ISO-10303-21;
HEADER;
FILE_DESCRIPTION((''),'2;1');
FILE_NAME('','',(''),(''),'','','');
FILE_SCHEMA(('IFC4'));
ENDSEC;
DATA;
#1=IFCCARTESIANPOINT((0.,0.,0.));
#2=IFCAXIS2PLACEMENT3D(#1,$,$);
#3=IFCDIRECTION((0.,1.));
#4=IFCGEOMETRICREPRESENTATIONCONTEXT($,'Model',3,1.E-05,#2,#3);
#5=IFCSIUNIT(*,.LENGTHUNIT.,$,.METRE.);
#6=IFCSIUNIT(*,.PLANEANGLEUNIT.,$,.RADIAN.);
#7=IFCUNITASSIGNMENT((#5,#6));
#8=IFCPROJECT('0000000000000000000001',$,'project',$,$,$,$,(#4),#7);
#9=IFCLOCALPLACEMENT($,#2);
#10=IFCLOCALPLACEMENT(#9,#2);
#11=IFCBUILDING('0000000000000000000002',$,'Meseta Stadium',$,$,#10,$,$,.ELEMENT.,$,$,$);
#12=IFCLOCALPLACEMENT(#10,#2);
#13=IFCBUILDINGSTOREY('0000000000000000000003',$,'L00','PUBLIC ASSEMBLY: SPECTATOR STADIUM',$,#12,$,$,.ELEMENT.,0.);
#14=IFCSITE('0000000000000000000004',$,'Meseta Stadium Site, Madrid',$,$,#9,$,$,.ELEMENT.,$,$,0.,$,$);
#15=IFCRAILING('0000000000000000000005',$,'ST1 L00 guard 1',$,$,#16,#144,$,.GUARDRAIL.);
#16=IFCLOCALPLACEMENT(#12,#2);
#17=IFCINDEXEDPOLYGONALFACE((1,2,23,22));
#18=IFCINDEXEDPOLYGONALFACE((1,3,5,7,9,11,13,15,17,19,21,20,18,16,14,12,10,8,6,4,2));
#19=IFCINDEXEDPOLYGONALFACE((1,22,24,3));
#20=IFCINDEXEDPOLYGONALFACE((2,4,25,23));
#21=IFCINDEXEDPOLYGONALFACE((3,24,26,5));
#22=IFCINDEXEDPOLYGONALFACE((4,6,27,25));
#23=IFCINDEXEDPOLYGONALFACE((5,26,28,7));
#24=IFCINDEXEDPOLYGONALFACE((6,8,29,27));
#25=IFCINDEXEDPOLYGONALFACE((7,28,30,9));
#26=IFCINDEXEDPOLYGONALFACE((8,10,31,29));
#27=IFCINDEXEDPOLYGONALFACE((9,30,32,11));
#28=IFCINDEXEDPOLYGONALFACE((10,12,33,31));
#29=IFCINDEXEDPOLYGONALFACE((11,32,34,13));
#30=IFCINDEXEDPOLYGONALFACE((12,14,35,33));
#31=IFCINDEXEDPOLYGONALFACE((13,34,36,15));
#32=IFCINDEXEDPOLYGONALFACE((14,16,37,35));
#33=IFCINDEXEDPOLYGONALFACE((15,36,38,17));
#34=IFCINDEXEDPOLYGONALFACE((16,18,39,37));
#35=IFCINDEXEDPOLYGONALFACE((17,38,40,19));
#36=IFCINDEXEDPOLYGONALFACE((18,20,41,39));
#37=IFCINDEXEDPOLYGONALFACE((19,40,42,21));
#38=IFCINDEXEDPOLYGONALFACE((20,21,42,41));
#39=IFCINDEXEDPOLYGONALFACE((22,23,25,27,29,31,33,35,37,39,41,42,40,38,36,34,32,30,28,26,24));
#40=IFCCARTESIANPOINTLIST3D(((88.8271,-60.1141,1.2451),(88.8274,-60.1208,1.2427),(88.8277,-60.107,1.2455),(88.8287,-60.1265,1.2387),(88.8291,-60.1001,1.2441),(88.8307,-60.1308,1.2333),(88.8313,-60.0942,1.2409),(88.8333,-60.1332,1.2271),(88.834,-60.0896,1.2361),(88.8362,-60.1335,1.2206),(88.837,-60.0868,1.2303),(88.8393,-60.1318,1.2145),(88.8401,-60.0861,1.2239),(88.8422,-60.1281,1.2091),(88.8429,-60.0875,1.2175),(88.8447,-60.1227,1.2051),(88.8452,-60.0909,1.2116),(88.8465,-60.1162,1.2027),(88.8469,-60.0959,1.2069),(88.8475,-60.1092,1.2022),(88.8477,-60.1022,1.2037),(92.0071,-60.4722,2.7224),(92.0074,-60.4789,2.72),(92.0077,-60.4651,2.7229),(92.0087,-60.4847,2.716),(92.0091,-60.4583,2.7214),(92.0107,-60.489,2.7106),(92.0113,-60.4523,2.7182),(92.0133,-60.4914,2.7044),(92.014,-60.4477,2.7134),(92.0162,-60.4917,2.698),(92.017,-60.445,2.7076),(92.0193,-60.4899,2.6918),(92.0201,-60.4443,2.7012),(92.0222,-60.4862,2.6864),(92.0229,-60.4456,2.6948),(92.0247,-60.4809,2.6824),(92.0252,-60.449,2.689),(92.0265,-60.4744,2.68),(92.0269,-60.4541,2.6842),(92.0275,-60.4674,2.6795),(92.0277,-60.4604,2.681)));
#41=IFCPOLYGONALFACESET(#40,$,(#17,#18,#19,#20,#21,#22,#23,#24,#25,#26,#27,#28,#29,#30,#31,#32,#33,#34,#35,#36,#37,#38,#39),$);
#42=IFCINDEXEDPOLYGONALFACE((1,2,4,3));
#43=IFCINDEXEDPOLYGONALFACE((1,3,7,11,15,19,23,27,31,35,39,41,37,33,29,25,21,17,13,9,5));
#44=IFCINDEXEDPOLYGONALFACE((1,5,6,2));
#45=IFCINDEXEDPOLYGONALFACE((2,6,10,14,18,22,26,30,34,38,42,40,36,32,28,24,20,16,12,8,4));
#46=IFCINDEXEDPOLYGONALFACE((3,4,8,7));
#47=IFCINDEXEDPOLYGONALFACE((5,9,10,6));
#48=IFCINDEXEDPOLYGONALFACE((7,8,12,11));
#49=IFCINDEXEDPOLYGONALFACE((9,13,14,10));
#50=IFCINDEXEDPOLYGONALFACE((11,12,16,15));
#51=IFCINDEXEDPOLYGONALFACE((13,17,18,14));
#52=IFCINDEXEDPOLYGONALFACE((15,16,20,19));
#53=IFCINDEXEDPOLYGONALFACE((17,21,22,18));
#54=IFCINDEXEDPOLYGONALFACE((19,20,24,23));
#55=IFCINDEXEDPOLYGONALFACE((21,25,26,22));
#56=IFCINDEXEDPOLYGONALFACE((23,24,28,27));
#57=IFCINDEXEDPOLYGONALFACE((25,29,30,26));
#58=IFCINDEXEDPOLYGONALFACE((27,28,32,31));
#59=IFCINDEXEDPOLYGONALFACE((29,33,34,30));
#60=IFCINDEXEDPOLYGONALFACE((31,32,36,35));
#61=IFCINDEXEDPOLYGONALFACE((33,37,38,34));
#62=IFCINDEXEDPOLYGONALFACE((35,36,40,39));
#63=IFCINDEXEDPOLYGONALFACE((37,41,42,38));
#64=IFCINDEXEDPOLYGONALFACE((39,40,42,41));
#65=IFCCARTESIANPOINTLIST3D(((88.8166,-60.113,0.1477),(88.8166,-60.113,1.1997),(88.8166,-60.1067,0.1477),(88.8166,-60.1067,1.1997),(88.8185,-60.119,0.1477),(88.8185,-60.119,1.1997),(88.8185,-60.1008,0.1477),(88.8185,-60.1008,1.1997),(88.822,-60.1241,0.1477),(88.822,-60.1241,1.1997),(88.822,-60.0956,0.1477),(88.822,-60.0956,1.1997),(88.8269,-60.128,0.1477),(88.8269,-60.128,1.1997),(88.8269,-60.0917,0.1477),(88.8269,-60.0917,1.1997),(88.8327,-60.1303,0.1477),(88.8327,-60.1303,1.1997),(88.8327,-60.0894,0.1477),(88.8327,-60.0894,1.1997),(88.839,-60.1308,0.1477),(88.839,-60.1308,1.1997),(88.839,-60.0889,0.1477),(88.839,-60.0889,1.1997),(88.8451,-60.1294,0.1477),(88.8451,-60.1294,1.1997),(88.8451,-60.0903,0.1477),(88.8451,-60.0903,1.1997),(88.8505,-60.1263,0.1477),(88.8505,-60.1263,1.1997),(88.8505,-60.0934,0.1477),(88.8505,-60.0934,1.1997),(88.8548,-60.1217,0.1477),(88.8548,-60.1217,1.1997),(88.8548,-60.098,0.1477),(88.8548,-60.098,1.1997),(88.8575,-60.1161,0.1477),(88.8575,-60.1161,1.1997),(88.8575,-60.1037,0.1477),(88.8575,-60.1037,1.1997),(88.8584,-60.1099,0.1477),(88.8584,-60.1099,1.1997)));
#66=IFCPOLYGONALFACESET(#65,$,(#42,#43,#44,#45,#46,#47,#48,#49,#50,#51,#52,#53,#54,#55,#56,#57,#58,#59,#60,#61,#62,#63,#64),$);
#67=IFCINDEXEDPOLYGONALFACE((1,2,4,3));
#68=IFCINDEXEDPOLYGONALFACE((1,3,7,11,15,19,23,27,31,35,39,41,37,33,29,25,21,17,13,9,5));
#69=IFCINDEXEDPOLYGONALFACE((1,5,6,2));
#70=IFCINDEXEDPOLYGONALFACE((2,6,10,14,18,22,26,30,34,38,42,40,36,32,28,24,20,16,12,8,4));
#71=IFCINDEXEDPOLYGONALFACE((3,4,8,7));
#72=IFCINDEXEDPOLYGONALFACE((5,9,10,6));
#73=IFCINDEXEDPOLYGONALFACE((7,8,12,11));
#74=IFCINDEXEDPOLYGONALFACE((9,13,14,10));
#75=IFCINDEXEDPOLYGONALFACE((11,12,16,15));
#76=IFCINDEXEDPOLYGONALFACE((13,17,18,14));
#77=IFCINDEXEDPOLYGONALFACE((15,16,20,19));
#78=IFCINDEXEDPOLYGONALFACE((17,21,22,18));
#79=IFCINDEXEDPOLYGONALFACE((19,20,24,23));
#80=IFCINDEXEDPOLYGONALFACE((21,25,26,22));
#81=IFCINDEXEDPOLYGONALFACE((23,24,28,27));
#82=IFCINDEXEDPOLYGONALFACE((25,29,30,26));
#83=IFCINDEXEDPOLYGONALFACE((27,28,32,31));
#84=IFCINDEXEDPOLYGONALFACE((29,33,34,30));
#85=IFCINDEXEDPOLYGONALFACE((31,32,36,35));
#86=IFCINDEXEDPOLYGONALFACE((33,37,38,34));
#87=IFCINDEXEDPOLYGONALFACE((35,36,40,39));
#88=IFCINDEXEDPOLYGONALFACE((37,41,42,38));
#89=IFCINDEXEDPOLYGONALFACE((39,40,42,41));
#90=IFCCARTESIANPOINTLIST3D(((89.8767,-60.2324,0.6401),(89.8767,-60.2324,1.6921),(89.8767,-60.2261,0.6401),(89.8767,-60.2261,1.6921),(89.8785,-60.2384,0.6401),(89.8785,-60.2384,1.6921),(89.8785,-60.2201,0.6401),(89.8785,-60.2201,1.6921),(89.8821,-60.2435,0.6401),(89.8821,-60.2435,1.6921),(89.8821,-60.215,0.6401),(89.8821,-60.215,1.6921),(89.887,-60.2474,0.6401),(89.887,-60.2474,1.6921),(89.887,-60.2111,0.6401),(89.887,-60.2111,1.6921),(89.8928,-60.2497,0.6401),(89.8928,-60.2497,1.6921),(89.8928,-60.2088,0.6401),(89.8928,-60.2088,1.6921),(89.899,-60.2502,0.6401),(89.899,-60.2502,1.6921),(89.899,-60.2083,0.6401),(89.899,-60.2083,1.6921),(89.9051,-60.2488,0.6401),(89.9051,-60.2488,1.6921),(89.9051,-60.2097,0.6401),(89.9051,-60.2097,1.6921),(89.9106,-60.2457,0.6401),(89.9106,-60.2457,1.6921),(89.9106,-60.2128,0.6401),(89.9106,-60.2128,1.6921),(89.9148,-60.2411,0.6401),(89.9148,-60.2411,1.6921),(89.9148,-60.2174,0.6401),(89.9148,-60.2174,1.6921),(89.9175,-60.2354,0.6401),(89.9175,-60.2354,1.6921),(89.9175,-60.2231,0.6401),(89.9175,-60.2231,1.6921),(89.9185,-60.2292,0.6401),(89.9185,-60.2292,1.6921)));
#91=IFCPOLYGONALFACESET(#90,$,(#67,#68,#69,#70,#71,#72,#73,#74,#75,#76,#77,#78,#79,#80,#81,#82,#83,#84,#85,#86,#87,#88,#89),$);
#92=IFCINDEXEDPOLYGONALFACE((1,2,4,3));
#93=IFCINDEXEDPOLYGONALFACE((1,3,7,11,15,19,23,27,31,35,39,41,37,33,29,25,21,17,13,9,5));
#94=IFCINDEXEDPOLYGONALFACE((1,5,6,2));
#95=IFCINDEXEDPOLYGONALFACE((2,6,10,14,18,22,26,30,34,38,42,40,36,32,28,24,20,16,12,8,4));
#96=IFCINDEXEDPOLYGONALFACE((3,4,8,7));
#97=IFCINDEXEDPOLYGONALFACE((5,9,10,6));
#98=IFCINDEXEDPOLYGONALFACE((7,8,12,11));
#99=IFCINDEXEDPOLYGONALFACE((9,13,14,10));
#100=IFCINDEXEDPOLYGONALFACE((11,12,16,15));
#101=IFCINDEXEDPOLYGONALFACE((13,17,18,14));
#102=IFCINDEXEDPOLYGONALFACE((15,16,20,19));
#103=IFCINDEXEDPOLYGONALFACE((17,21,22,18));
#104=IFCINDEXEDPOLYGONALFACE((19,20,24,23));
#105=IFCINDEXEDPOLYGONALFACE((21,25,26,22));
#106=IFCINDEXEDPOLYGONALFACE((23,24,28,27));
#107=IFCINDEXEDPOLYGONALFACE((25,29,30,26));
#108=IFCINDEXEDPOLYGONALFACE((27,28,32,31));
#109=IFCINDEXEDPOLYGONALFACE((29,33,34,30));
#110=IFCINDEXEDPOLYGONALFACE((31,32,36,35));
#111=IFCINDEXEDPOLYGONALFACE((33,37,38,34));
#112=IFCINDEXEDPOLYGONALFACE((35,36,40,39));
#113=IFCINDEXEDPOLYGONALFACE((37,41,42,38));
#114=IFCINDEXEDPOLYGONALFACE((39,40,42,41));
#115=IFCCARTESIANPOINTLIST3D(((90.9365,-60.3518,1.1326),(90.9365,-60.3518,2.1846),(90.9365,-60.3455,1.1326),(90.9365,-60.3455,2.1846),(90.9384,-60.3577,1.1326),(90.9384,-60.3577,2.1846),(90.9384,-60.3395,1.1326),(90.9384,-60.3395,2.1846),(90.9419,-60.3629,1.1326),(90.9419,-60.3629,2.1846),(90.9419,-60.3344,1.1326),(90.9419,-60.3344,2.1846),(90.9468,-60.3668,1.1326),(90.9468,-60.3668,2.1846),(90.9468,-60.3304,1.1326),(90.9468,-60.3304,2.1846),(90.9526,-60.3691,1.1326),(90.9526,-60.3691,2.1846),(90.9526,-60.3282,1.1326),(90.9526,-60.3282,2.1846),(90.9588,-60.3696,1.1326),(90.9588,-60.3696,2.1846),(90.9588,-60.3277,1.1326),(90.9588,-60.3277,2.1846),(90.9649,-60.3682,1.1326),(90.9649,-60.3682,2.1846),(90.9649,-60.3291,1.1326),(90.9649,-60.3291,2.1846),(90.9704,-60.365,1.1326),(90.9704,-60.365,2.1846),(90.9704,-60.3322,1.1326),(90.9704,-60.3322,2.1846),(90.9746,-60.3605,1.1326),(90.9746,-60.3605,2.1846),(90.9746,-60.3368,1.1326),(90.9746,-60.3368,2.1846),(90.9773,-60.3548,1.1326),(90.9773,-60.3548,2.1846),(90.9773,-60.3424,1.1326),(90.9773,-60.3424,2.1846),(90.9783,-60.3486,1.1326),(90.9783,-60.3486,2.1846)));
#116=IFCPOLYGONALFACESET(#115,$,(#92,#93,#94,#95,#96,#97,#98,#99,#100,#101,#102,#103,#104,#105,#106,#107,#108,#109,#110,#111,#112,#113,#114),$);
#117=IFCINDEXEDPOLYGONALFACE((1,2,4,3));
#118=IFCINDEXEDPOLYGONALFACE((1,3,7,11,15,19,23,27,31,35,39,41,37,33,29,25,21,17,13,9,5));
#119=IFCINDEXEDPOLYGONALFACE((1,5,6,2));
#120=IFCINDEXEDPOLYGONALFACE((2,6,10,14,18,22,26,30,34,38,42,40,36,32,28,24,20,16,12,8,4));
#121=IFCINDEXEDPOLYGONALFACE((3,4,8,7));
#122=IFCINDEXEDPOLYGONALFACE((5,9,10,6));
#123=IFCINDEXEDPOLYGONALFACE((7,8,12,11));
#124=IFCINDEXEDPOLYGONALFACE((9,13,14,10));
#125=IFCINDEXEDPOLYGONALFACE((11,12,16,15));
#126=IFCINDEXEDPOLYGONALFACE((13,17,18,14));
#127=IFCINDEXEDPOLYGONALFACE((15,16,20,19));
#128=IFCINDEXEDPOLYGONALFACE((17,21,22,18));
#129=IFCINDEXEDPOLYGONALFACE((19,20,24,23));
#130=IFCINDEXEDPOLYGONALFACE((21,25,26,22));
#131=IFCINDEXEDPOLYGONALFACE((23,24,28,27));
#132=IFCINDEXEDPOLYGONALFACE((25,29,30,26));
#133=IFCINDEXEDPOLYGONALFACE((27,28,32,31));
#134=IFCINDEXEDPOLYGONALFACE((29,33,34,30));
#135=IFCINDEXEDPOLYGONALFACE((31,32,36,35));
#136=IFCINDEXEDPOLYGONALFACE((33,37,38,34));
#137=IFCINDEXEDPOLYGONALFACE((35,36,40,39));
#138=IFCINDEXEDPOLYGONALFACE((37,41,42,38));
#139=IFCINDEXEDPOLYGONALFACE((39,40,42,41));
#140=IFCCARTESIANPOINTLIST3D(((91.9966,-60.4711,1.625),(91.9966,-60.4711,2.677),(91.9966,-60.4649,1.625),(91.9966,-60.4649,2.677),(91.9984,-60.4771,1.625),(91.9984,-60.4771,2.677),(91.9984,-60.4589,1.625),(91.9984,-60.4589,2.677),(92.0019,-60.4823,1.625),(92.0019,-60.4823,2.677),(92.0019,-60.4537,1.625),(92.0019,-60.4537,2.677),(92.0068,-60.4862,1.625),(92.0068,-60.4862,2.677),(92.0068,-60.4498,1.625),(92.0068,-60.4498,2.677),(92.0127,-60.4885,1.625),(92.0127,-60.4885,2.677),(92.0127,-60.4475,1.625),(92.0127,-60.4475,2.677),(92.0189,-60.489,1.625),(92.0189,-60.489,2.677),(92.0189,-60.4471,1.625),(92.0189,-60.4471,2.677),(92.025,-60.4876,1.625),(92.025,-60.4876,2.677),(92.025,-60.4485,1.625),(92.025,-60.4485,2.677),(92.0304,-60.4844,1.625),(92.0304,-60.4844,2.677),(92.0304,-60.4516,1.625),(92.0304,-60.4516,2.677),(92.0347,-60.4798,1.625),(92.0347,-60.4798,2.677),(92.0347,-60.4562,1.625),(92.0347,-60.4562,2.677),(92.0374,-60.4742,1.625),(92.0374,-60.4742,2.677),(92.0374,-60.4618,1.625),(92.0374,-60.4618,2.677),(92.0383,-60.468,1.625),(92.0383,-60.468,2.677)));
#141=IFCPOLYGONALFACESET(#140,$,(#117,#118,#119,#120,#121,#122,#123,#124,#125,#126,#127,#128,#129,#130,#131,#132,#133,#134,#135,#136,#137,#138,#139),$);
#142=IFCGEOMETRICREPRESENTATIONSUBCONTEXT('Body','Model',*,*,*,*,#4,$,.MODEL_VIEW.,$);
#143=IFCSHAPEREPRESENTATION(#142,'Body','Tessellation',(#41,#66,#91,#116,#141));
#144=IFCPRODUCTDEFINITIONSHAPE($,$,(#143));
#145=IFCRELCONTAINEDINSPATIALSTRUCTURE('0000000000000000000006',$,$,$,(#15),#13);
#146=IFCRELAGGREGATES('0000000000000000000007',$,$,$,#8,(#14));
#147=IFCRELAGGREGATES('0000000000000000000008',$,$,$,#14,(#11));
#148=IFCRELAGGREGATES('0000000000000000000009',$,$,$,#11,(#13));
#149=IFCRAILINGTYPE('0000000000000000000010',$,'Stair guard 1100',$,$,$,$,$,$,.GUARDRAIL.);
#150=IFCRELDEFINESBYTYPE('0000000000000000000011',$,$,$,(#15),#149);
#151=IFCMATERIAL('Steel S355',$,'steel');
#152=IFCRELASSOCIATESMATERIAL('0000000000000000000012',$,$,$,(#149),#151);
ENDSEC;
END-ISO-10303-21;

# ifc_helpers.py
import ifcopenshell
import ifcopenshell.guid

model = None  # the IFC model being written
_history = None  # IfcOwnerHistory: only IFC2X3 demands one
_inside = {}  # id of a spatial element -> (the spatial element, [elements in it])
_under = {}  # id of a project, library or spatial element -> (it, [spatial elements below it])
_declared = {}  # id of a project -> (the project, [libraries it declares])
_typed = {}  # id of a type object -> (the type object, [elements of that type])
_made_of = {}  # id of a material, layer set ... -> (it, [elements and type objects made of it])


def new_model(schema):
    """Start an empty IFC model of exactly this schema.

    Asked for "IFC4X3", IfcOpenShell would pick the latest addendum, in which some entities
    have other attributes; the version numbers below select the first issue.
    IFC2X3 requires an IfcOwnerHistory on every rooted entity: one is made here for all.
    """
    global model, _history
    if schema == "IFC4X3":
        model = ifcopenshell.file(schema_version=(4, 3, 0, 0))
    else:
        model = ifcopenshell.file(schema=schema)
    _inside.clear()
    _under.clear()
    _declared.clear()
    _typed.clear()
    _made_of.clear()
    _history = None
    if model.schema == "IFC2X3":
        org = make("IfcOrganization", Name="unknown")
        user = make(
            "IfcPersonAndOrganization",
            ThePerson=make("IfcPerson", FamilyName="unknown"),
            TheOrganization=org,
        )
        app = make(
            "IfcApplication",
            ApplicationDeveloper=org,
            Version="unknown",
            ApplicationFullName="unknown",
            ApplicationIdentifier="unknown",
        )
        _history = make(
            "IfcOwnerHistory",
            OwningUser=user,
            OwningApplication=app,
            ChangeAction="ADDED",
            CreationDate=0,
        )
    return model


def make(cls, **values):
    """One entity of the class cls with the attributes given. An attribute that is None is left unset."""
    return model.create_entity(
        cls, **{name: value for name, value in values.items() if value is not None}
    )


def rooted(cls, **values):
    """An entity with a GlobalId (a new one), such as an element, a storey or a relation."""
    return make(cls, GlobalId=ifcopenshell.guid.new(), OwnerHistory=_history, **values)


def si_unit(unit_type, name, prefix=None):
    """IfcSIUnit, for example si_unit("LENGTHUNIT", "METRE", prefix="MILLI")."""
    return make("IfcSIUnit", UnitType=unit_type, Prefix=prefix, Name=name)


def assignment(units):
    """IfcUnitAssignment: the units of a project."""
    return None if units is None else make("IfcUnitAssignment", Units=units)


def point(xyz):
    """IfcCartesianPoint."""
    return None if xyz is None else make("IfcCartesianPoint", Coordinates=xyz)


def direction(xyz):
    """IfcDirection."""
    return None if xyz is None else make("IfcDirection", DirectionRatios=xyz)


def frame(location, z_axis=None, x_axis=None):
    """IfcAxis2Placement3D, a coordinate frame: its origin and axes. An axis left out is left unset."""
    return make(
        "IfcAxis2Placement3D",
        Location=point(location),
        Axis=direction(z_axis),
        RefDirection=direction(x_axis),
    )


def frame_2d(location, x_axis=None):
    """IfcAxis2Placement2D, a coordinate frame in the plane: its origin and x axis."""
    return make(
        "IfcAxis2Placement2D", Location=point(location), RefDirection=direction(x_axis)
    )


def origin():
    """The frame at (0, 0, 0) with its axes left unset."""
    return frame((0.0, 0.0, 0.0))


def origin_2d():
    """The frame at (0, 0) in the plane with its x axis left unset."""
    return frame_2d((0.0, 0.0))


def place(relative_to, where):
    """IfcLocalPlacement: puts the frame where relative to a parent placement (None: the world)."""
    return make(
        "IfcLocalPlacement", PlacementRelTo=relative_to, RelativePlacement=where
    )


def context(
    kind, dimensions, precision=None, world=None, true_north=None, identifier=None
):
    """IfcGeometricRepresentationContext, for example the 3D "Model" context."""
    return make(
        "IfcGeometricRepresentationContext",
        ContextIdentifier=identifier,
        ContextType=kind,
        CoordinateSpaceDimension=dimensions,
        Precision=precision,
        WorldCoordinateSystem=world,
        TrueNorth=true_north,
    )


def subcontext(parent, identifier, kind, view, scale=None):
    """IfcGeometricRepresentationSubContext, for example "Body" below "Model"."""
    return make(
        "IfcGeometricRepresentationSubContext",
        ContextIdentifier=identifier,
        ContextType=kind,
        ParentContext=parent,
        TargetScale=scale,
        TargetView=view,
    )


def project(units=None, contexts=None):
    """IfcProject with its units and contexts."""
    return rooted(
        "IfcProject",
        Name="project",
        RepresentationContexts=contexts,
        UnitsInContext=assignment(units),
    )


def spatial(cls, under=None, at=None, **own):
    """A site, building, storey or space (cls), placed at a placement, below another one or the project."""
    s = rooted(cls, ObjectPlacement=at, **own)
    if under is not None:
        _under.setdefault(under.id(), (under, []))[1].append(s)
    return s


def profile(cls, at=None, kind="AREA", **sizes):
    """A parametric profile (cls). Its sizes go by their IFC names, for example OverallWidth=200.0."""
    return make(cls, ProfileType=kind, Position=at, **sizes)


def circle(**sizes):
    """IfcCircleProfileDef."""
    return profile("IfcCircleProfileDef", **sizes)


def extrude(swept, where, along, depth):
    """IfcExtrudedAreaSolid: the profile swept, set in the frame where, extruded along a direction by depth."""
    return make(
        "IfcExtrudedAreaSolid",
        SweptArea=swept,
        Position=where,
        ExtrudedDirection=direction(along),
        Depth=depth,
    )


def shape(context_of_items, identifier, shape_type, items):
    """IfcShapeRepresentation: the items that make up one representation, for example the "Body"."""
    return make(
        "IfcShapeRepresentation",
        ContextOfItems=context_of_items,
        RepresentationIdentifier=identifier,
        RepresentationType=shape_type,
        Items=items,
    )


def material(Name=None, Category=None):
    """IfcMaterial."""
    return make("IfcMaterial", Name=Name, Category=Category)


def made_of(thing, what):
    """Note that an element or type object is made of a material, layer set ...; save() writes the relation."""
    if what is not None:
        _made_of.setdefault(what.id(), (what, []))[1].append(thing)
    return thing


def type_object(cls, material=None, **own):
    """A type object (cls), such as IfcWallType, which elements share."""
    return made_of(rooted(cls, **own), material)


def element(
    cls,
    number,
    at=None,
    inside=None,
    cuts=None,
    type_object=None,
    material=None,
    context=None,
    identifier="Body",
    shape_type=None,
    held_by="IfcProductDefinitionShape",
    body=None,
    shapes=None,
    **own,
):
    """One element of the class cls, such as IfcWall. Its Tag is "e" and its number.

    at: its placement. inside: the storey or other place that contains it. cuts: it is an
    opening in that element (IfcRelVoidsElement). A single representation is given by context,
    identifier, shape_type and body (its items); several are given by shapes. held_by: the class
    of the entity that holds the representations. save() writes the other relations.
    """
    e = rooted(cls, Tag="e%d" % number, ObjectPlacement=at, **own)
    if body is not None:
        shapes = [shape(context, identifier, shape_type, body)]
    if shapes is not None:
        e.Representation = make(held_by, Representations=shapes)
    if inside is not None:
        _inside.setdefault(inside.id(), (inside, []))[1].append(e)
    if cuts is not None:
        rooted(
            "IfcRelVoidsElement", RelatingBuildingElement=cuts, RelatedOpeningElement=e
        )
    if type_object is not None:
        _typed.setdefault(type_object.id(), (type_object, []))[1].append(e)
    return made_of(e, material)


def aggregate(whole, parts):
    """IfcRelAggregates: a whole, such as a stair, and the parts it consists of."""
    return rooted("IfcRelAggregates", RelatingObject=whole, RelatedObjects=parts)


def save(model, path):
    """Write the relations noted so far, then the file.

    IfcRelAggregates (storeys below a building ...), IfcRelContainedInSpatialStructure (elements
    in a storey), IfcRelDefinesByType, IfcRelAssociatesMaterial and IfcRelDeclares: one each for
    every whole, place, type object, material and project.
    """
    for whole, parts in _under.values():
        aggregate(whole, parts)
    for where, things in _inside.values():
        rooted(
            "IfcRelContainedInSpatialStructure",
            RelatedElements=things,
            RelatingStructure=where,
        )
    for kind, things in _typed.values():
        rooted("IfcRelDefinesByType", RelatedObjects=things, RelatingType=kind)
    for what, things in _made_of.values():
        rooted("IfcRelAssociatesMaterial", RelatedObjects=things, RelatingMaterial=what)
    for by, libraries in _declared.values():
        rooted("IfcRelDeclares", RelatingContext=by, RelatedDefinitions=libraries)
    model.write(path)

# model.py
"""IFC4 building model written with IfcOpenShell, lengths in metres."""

from ifc_helpers import new_model, si_unit, direction, frame, origin, origin_2d, place, context, subcontext, project, spatial, circle, extrude, material, type_object, element, save


model = new_model("IFC4")

# Units and contexts
model_context = context("Model", 3, precision=1e-05, world=origin(), true_north=direction((0.0, 1.0)))
body_context = subcontext(model_context, "Body", "Model", "MODEL_VIEW")
ifc_project = project(units=[si_unit("LENGTHUNIT", "METRE"), si_unit("PLANEANGLEUNIT", "RADIAN")], contexts=[model_context])

# Site, building, storey
site_placement = place(None, origin())
site = spatial("IfcSite", under=ifc_project, at=site_placement, Name="Meseta Stadium Site, Madrid", CompositionType="ELEMENT", RefElevation=0.0)
building_placement = place(site_placement, origin())
building = spatial("IfcBuilding", under=site, at=building_placement, Name="Meseta Stadium", CompositionType="ELEMENT")
storey_placement = place(building_placement, origin())
storey = spatial("IfcBuildingStorey", under=building, at=storey_placement, Name="L00", Description="PUBLIC ASSEMBLY: SPECTATOR STADIUM", CompositionType="ELEMENT", Elevation=0.0)

# Railing
ifc_material_1 = material(Name="Steel S355", Category="steel")
railing_type_1 = type_object("IfcRailingType", Name="Stair guard 1100", PredefinedType="GUARDRAIL", material=ifc_material_1)
railing_1_placement = place(storey_placement, frame((88.8374, -60.1099, 0.1477)))
element("IfcRailing", 1, at=railing_1_placement, inside=storey, type_object=railing_type_1, Name="ST1 L00 guard 1", PredefinedType="GUARDRAIL", context=body_context, shape_type="SweptSolid", body=[
    extrude(circle(Radius=0.0239, at=origin_2d()), frame((0.0, 0.0, 1.0762), z_axis=(0.902217, -0.101616, 0.419141), x_axis=(0.111922, 0.993717, 0.0)), (0.0, 0.0, 1.0), 3.5247),
    extrude(circle(Radius=0.021, at=origin_2d()), origin(), (0.0, 0.0, 1.0), 1.052),
    extrude(circle(Radius=0.021, at=origin_2d()), frame((1.0601, -0.1194, 0.4924)), (0.0, 0.0, 1.0), 1.052),
    extrude(circle(Radius=0.021, at=origin_2d()), frame((2.1199, -0.2388, 0.9849)), (0.0, 0.0, 1.0), 1.052),
    extrude(circle(Radius=0.021, at=origin_2d()), frame((3.1799, -0.3582, 1.4773)), (0.0, 0.0, 1.0), 1.052),
])

save(model, "model.ifc")
